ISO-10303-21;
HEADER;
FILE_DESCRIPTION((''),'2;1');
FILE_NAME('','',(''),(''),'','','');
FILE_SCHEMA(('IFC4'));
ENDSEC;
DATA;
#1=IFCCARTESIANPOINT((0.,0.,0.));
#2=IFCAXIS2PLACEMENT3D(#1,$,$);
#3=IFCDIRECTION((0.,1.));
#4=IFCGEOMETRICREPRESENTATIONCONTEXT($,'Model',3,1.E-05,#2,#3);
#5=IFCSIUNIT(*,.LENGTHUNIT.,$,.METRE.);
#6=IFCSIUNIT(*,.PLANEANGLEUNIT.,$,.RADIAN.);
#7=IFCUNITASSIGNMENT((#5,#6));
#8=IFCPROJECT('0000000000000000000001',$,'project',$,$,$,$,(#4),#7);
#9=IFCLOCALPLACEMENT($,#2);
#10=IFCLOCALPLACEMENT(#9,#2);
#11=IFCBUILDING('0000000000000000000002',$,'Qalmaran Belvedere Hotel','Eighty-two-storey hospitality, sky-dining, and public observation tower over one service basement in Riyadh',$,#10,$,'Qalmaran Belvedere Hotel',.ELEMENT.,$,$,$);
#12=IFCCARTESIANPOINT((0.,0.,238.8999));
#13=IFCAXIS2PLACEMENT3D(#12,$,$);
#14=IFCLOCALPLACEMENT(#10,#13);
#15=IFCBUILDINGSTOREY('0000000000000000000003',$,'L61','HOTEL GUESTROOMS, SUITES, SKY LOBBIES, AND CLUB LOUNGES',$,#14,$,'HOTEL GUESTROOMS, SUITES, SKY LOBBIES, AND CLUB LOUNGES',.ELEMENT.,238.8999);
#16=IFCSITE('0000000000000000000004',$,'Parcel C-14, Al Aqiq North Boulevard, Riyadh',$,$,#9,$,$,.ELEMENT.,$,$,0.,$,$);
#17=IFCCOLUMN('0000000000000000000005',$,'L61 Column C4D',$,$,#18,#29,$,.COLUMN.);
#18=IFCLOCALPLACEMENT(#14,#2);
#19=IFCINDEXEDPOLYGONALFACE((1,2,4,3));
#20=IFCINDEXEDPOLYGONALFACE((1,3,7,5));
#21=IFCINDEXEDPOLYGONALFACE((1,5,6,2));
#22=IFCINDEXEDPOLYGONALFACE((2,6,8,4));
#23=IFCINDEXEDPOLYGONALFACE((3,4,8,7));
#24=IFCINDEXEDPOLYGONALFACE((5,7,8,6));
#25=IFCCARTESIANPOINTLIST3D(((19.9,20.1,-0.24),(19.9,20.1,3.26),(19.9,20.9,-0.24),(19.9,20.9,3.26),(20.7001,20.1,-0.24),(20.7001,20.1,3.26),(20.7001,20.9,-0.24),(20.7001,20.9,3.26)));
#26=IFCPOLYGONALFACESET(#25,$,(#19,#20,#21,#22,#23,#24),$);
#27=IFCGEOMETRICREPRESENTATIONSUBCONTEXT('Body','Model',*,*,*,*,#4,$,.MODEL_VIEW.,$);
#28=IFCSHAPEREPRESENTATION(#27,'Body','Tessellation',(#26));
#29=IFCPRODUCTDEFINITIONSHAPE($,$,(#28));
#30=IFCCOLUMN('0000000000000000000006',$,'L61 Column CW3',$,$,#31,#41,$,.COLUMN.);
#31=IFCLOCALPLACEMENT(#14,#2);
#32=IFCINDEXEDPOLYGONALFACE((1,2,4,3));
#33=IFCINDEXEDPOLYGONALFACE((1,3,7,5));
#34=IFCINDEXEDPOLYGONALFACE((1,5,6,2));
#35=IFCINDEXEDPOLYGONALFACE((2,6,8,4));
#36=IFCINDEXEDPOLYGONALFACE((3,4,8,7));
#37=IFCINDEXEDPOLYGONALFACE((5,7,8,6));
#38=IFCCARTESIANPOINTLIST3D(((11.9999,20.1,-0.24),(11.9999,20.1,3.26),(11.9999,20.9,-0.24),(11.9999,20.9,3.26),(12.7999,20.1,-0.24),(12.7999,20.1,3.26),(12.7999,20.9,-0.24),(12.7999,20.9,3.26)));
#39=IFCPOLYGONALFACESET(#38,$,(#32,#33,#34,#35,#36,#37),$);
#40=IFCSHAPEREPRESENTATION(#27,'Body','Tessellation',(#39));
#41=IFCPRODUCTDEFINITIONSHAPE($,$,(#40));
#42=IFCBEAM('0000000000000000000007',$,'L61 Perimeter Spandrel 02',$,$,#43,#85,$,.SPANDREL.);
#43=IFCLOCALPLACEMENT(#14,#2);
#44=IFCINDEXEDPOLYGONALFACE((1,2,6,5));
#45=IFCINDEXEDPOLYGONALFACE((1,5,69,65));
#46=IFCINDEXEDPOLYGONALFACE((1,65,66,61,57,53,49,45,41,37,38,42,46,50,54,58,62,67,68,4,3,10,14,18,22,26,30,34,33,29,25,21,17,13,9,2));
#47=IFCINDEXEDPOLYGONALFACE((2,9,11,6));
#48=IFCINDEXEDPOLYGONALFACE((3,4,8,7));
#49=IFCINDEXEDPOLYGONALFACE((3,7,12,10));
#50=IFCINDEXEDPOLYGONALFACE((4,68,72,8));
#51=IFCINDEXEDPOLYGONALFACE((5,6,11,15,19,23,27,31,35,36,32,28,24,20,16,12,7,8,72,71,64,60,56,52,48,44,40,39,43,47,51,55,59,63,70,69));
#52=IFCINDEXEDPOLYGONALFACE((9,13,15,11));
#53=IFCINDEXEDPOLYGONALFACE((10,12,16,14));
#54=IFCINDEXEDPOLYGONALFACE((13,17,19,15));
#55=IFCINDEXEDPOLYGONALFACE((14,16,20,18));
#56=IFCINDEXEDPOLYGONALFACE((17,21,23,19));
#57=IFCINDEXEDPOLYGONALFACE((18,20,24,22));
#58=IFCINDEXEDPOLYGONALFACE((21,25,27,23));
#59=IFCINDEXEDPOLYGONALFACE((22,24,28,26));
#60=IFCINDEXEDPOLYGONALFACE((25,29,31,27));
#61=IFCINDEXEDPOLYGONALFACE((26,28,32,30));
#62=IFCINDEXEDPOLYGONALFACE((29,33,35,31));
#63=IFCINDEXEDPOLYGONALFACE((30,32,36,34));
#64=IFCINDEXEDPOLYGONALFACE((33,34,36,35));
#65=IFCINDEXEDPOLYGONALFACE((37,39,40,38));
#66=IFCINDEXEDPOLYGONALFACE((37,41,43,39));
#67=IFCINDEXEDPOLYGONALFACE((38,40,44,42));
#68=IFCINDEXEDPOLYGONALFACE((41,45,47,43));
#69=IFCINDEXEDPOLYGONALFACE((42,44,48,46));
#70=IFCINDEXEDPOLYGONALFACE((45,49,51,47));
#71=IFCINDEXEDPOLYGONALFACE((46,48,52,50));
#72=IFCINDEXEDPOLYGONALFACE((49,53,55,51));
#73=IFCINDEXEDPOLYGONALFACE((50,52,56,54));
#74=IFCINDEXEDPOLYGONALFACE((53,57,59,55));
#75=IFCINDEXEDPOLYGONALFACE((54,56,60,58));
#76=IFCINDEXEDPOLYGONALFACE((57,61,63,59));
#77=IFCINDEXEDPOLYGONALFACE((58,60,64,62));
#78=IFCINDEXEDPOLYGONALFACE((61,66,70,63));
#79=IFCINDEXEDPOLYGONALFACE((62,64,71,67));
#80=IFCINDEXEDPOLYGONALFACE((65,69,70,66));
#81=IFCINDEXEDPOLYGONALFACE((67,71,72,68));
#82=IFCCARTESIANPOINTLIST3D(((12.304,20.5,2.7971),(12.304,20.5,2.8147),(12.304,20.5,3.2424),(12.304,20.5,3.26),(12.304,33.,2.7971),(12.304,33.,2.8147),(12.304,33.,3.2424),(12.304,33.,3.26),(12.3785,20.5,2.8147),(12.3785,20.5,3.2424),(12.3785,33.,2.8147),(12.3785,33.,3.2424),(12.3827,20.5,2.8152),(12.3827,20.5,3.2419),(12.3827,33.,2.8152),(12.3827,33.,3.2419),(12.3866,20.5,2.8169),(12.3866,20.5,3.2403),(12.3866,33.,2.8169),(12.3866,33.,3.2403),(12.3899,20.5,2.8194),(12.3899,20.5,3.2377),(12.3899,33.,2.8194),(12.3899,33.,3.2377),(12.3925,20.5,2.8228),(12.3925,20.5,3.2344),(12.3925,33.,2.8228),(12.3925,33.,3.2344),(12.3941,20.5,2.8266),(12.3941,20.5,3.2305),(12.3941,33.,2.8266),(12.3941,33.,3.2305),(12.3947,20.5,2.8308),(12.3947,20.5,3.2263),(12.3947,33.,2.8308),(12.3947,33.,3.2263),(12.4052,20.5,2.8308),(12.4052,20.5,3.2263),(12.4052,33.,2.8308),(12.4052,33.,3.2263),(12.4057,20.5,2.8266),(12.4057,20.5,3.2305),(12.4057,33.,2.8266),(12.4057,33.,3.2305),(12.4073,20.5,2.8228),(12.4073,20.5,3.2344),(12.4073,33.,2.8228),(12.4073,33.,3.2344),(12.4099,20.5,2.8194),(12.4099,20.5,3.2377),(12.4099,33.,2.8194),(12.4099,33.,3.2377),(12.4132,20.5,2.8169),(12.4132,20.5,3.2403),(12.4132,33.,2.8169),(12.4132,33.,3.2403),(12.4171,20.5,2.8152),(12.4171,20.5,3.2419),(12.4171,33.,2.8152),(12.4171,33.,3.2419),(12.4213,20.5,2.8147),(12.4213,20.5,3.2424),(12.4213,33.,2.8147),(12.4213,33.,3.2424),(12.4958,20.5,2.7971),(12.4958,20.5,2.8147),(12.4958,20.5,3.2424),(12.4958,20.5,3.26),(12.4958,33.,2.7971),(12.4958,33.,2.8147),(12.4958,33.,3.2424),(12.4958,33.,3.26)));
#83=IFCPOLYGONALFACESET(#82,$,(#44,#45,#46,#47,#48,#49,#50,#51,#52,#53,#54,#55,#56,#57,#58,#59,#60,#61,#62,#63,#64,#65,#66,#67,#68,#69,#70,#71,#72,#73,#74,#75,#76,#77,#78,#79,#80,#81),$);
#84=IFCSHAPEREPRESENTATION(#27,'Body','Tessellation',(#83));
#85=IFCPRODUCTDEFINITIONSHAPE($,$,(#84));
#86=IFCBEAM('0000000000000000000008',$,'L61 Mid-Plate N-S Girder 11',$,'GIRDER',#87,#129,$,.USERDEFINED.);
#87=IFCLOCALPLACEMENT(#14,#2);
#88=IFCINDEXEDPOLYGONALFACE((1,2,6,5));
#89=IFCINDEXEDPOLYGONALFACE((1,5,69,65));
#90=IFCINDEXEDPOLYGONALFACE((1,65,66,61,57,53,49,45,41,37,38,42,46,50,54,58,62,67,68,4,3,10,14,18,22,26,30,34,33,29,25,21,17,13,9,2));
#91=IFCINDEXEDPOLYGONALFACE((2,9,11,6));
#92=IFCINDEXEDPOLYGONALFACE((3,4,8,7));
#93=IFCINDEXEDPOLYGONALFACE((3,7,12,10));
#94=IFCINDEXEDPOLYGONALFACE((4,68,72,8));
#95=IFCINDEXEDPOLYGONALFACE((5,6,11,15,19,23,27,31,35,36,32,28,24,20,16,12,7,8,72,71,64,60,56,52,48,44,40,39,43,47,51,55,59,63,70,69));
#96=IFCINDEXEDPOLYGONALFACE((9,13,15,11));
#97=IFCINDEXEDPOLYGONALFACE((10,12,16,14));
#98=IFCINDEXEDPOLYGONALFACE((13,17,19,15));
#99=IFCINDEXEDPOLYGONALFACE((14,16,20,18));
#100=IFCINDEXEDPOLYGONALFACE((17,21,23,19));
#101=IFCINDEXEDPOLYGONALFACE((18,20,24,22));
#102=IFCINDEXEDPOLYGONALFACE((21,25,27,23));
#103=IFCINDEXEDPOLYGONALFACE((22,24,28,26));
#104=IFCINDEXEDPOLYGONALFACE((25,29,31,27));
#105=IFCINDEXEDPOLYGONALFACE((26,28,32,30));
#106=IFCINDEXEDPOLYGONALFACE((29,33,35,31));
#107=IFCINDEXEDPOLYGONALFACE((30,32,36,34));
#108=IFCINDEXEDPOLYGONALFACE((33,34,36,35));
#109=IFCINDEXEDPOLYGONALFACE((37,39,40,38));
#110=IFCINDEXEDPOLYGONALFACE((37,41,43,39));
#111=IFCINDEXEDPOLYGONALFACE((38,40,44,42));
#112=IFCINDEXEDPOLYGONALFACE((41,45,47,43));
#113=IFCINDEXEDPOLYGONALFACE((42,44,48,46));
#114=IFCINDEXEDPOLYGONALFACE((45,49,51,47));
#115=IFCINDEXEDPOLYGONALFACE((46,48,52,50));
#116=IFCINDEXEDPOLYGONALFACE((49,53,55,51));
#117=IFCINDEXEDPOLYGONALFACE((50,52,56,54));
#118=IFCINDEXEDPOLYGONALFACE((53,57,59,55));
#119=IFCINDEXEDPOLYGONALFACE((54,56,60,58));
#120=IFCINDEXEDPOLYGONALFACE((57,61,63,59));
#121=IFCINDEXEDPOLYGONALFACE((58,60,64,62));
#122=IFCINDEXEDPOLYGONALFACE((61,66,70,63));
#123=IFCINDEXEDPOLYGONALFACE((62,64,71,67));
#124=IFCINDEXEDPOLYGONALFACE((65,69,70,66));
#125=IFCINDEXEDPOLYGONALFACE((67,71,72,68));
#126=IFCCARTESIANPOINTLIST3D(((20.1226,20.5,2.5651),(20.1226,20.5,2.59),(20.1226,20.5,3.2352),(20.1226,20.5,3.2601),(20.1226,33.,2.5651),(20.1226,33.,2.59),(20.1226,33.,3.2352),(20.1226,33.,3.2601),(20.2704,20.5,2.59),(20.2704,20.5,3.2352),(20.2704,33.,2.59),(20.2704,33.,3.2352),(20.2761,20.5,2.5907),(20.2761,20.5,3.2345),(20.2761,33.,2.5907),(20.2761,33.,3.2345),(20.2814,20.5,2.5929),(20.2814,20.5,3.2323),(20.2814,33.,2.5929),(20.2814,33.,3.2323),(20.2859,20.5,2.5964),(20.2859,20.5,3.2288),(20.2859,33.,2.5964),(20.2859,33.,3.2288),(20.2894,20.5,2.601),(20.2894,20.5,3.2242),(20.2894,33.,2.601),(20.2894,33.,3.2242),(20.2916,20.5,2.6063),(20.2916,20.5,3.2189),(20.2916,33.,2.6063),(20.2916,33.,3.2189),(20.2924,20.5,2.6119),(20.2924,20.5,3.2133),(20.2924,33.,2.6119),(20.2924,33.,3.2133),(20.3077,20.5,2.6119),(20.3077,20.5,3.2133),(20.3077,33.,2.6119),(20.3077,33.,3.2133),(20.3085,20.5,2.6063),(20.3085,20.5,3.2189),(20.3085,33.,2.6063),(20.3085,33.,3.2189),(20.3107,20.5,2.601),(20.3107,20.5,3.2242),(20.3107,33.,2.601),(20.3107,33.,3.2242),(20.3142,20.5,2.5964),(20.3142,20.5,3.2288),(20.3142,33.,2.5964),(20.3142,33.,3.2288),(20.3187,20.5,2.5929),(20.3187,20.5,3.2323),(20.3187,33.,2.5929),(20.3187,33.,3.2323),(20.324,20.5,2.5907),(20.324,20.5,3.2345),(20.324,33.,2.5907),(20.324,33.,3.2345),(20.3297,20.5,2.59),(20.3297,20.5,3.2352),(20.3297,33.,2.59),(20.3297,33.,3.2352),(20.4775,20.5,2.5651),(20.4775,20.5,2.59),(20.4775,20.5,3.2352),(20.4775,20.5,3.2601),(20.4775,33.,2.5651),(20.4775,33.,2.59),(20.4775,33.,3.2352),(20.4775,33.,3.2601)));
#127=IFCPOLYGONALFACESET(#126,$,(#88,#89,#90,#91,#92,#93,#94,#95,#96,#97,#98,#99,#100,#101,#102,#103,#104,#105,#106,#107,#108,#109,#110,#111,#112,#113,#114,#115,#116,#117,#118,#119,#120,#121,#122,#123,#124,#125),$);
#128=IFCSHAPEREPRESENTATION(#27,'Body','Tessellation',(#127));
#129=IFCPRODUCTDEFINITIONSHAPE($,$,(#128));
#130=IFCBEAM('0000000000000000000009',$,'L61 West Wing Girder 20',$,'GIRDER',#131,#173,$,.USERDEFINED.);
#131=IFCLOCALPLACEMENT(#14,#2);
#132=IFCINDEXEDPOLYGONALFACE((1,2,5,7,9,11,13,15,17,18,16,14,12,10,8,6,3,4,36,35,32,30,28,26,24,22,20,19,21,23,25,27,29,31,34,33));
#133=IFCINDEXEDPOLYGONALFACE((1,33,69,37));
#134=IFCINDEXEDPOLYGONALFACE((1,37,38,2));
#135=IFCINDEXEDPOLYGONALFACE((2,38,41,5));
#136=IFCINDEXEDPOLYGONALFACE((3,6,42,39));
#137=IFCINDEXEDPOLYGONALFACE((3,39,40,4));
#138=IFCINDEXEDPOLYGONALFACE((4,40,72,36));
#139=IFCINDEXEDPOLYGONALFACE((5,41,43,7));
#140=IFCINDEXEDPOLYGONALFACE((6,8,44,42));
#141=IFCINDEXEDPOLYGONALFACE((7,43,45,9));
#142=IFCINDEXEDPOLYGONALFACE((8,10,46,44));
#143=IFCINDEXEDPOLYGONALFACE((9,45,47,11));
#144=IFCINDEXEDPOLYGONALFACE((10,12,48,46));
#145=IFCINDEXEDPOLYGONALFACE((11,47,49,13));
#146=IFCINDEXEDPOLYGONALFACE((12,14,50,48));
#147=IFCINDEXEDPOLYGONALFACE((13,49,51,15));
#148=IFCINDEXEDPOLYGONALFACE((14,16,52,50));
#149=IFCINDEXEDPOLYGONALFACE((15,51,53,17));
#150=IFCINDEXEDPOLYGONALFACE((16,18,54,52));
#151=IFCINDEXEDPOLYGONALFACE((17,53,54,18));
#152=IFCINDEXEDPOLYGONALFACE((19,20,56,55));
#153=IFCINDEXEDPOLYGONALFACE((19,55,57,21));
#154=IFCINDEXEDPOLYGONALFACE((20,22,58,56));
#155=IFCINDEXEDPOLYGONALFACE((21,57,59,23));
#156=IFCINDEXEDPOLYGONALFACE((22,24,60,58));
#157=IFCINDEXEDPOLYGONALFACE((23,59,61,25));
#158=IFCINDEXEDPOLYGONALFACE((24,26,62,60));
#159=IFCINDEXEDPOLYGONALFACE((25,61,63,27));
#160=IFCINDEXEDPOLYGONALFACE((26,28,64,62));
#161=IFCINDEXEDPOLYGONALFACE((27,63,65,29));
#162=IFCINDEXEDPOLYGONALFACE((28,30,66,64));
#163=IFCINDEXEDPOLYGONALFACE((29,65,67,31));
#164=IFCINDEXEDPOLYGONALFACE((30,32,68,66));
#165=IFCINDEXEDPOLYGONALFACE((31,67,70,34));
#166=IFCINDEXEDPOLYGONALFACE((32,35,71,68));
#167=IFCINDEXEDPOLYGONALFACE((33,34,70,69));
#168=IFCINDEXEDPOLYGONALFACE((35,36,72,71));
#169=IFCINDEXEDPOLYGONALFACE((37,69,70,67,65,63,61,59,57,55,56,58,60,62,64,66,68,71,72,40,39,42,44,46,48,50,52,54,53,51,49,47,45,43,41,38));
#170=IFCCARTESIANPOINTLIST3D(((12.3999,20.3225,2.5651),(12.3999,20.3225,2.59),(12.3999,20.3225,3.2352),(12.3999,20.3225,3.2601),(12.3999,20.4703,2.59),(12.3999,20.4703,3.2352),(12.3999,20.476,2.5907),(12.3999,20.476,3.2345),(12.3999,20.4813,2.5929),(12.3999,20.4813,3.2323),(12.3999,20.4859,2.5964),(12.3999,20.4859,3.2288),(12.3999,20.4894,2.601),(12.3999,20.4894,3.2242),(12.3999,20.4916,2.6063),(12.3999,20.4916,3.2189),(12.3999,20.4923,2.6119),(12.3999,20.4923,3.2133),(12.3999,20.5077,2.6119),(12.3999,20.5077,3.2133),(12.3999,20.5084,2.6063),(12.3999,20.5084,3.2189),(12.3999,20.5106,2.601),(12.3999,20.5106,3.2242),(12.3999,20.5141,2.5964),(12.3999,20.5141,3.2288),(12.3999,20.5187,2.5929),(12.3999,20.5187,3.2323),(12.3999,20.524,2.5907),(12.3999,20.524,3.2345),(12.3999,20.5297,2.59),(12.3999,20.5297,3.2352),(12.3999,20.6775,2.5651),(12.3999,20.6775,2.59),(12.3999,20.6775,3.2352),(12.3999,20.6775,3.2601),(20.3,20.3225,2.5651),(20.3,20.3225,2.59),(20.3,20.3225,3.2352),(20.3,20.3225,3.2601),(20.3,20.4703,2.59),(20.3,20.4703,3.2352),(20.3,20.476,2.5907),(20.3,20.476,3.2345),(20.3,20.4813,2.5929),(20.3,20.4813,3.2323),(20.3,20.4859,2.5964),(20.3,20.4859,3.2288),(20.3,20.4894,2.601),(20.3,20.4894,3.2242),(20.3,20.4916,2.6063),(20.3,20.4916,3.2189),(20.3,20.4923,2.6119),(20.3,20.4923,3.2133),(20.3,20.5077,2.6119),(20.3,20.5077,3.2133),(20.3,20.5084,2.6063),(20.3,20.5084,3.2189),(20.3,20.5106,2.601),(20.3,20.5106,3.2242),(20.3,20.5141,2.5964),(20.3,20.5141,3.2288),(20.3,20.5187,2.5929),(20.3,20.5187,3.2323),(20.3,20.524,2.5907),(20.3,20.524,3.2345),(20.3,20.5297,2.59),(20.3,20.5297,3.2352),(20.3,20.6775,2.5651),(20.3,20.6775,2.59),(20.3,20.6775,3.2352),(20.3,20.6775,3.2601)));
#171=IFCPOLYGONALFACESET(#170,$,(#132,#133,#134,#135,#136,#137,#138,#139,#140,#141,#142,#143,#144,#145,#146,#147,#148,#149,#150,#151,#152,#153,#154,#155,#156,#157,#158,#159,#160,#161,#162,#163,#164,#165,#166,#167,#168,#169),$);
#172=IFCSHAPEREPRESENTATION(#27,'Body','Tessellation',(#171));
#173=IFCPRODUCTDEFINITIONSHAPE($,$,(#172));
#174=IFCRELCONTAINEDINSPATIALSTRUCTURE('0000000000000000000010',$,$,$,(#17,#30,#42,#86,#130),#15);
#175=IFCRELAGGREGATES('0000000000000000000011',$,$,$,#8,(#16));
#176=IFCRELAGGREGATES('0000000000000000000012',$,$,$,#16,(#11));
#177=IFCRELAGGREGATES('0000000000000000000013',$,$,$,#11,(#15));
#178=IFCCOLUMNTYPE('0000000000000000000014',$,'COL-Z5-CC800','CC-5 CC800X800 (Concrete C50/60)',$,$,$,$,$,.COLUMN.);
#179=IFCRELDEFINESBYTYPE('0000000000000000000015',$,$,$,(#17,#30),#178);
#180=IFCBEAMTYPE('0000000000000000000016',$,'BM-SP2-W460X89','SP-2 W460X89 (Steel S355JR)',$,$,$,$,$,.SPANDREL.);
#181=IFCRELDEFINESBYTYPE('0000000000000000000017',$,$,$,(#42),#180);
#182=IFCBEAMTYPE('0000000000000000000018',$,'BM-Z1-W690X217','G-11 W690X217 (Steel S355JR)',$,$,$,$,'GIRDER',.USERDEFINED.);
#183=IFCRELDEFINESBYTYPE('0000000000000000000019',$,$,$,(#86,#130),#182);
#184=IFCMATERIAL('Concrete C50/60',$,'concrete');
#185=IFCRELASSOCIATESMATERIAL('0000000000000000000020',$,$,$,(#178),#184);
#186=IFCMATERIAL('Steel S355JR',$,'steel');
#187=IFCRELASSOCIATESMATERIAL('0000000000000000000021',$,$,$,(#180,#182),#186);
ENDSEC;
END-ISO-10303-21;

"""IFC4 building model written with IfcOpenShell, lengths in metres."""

from ifc_helpers import new_model, si_unit, direction, frame, origin, origin_2d, place, context, subcontext, project, spatial, rectangle, i_section, extrude, material, material_profile, profile_set, type_object, element, save


model = new_model("IFC4")

# Units and contexts
model_context = context("Model", 3, precision=1e-05, world=origin(), true_north=direction((0.0, 1.0)))
body_context = subcontext(model_context, "Body", "Model", "MODEL_VIEW")
ifc_project = project(units=[si_unit("LENGTHUNIT", "METRE"), si_unit("PLANEANGLEUNIT", "RADIAN")], contexts=[model_context])

# Site, building, storey
site_placement = place(None, origin())
site = spatial("IfcSite", under=ifc_project, at=site_placement, Name="Parcel C-14, Al Aqiq North Boulevard, Riyadh", CompositionType="ELEMENT", RefElevation=0.0)
building_placement = place(site_placement, origin())
building = spatial("IfcBuilding", under=site, at=building_placement, Name="Qalmaran Belvedere Hotel", Description="Eighty-two-storey hospitality, sky-dining, and public observation tower over one service basement in Riyadh", LongName="Qalmaran Belvedere Hotel", CompositionType="ELEMENT")
storey_placement = place(building_placement, frame((0.0, 0.0, 238.8999)))
storey = spatial("IfcBuildingStorey", under=building, at=storey_placement, Name="L61", Description="HOTEL GUESTROOMS, SUITES, SKY LOBBIES, AND CLUB LOUNGES", LongName="HOTEL GUESTROOMS, SUITES, SKY LOBBIES, AND CLUB LOUNGES", CompositionType="ELEMENT", Elevation=238.8999)

# Columns
ifc_material_1 = material(Name="Concrete C50/60", Category="concrete")
ifc_material_profile_1 = material_profile(ifc_material_1, rectangle(XDim=0.8, YDim=0.8, at=origin_2d()), Name="CC800X800")
ifc_profile_set_1 = profile_set([ifc_material_profile_1], Name="Concrete C50/60")
column_type = type_object("IfcColumnType", Name="COL-Z5-CC800", Description="CC-5 CC800X800 (Concrete C50/60)", PredefinedType="COLUMN", material=ifc_profile_set_1)
for number, where, z_axis, x_axis, name in (
    (1, (20.3, 20.5, -0.24), (0.0, 0.0, 1.0), (1.0, 0.0, 0.0), "L61 Column C4D"),
    (2, (12.3999, 20.5, -0.24), (0.0, 0.0, 1.0), (1.0, 0.0, 0.0), "L61 Column CW3"),
):
    element("IfcColumn", number, at=place(storey_placement, frame(where, z_axis=z_axis, x_axis=x_axis)), inside=storey, type_object=column_type, Name=name, PredefinedType="COLUMN", context=body_context, shape_type="SweptSolid", body=[
        extrude(rectangle(XDim=0.8, YDim=0.8, at=origin_2d()), origin(), (0.0, 0.0, 1.0), 3.5),
    ])

# Beams
ifc_material_2 = material(Name="Steel S355JR", Category="steel")
ifc_material_profile_2 = material_profile(ifc_material_2, i_section(OverallWidth=0.1919, OverallDepth=0.4629, WebThickness=0.0105, FlangeThickness=0.0176, FilletRadius=0.0161, at=origin_2d()), Name="W460X89")
ifc_profile_set_2 = profile_set([ifc_material_profile_2], Name="Steel S355JR")
beam_type_1 = type_object("IfcBeamType", Name="BM-SP2-W460X89", Description="SP-2 W460X89 (Steel S355JR)", PredefinedType="SPANDREL", material=ifc_profile_set_2)
beam_1_placement = place(storey_placement, frame((12.3999, 20.5, 3.0286), z_axis=(0.0, 1.0, 0.0), x_axis=(-1.0, 0.0, 0.0)))
element("IfcBeam", 3, at=beam_1_placement, inside=storey, type_object=beam_type_1, Name="L61 Perimeter Spandrel 02", PredefinedType="SPANDREL", context=body_context, shape_type="SweptSolid", body=[
    extrude(i_section(OverallWidth=0.1919, OverallDepth=0.4629, WebThickness=0.0105, FlangeThickness=0.0176, FilletRadius=0.0161, at=origin_2d()), origin(), (0.0, 0.0, 1.0), 12.5),
])
ifc_material_profile_3 = material_profile(ifc_material_2, i_section(OverallWidth=0.355, OverallDepth=0.6951, WebThickness=0.0154, FlangeThickness=0.0249, FilletRadius=0.022, at=origin_2d()), Name="W690X217")
ifc_profile_set_3 = profile_set([ifc_material_profile_3], Name="Steel S355JR")
beam_type_2 = type_object("IfcBeamType", Name="BM-Z1-W690X217", Description="G-11 W690X217 (Steel S355JR)", ElementType="GIRDER", PredefinedType="USERDEFINED", material=ifc_profile_set_3)
beam_2_placement = place(storey_placement, frame((20.3, 20.5, 2.9126), z_axis=(0.0, 1.0, 0.0), x_axis=(-1.0, 0.0, 0.0)))
element("IfcBeam", 4, at=beam_2_placement, inside=storey, type_object=beam_type_2, Name="L61 Mid-Plate N-S Girder 11", ObjectType="GIRDER", PredefinedType="USERDEFINED", context=body_context, shape_type="SweptSolid", body=[
    extrude(i_section(OverallWidth=0.355, OverallDepth=0.6951, WebThickness=0.0154, FlangeThickness=0.0249, FilletRadius=0.022, at=origin_2d()), origin(), (0.0, 0.0, 1.0), 12.5),
])
beam_3_placement = place(storey_placement, frame((12.3999, 20.5, 2.9126), z_axis=(1.0, 0.0, 0.0), x_axis=(0.0, 1.0, 0.0)))
element("IfcBeam", 5, at=beam_3_placement, inside=storey, type_object=beam_type_2, Name="L61 West Wing Girder 20", ObjectType="GIRDER", PredefinedType="USERDEFINED", context=body_context, shape_type="SweptSolid", body=[
    extrude(i_section(OverallWidth=0.355, OverallDepth=0.6951, WebThickness=0.0154, FlangeThickness=0.0249, FilletRadius=0.022, at=origin_2d()), origin(), (0.0, 0.0, 1.0), 7.9001),
])

save(model, "model.ifc")
